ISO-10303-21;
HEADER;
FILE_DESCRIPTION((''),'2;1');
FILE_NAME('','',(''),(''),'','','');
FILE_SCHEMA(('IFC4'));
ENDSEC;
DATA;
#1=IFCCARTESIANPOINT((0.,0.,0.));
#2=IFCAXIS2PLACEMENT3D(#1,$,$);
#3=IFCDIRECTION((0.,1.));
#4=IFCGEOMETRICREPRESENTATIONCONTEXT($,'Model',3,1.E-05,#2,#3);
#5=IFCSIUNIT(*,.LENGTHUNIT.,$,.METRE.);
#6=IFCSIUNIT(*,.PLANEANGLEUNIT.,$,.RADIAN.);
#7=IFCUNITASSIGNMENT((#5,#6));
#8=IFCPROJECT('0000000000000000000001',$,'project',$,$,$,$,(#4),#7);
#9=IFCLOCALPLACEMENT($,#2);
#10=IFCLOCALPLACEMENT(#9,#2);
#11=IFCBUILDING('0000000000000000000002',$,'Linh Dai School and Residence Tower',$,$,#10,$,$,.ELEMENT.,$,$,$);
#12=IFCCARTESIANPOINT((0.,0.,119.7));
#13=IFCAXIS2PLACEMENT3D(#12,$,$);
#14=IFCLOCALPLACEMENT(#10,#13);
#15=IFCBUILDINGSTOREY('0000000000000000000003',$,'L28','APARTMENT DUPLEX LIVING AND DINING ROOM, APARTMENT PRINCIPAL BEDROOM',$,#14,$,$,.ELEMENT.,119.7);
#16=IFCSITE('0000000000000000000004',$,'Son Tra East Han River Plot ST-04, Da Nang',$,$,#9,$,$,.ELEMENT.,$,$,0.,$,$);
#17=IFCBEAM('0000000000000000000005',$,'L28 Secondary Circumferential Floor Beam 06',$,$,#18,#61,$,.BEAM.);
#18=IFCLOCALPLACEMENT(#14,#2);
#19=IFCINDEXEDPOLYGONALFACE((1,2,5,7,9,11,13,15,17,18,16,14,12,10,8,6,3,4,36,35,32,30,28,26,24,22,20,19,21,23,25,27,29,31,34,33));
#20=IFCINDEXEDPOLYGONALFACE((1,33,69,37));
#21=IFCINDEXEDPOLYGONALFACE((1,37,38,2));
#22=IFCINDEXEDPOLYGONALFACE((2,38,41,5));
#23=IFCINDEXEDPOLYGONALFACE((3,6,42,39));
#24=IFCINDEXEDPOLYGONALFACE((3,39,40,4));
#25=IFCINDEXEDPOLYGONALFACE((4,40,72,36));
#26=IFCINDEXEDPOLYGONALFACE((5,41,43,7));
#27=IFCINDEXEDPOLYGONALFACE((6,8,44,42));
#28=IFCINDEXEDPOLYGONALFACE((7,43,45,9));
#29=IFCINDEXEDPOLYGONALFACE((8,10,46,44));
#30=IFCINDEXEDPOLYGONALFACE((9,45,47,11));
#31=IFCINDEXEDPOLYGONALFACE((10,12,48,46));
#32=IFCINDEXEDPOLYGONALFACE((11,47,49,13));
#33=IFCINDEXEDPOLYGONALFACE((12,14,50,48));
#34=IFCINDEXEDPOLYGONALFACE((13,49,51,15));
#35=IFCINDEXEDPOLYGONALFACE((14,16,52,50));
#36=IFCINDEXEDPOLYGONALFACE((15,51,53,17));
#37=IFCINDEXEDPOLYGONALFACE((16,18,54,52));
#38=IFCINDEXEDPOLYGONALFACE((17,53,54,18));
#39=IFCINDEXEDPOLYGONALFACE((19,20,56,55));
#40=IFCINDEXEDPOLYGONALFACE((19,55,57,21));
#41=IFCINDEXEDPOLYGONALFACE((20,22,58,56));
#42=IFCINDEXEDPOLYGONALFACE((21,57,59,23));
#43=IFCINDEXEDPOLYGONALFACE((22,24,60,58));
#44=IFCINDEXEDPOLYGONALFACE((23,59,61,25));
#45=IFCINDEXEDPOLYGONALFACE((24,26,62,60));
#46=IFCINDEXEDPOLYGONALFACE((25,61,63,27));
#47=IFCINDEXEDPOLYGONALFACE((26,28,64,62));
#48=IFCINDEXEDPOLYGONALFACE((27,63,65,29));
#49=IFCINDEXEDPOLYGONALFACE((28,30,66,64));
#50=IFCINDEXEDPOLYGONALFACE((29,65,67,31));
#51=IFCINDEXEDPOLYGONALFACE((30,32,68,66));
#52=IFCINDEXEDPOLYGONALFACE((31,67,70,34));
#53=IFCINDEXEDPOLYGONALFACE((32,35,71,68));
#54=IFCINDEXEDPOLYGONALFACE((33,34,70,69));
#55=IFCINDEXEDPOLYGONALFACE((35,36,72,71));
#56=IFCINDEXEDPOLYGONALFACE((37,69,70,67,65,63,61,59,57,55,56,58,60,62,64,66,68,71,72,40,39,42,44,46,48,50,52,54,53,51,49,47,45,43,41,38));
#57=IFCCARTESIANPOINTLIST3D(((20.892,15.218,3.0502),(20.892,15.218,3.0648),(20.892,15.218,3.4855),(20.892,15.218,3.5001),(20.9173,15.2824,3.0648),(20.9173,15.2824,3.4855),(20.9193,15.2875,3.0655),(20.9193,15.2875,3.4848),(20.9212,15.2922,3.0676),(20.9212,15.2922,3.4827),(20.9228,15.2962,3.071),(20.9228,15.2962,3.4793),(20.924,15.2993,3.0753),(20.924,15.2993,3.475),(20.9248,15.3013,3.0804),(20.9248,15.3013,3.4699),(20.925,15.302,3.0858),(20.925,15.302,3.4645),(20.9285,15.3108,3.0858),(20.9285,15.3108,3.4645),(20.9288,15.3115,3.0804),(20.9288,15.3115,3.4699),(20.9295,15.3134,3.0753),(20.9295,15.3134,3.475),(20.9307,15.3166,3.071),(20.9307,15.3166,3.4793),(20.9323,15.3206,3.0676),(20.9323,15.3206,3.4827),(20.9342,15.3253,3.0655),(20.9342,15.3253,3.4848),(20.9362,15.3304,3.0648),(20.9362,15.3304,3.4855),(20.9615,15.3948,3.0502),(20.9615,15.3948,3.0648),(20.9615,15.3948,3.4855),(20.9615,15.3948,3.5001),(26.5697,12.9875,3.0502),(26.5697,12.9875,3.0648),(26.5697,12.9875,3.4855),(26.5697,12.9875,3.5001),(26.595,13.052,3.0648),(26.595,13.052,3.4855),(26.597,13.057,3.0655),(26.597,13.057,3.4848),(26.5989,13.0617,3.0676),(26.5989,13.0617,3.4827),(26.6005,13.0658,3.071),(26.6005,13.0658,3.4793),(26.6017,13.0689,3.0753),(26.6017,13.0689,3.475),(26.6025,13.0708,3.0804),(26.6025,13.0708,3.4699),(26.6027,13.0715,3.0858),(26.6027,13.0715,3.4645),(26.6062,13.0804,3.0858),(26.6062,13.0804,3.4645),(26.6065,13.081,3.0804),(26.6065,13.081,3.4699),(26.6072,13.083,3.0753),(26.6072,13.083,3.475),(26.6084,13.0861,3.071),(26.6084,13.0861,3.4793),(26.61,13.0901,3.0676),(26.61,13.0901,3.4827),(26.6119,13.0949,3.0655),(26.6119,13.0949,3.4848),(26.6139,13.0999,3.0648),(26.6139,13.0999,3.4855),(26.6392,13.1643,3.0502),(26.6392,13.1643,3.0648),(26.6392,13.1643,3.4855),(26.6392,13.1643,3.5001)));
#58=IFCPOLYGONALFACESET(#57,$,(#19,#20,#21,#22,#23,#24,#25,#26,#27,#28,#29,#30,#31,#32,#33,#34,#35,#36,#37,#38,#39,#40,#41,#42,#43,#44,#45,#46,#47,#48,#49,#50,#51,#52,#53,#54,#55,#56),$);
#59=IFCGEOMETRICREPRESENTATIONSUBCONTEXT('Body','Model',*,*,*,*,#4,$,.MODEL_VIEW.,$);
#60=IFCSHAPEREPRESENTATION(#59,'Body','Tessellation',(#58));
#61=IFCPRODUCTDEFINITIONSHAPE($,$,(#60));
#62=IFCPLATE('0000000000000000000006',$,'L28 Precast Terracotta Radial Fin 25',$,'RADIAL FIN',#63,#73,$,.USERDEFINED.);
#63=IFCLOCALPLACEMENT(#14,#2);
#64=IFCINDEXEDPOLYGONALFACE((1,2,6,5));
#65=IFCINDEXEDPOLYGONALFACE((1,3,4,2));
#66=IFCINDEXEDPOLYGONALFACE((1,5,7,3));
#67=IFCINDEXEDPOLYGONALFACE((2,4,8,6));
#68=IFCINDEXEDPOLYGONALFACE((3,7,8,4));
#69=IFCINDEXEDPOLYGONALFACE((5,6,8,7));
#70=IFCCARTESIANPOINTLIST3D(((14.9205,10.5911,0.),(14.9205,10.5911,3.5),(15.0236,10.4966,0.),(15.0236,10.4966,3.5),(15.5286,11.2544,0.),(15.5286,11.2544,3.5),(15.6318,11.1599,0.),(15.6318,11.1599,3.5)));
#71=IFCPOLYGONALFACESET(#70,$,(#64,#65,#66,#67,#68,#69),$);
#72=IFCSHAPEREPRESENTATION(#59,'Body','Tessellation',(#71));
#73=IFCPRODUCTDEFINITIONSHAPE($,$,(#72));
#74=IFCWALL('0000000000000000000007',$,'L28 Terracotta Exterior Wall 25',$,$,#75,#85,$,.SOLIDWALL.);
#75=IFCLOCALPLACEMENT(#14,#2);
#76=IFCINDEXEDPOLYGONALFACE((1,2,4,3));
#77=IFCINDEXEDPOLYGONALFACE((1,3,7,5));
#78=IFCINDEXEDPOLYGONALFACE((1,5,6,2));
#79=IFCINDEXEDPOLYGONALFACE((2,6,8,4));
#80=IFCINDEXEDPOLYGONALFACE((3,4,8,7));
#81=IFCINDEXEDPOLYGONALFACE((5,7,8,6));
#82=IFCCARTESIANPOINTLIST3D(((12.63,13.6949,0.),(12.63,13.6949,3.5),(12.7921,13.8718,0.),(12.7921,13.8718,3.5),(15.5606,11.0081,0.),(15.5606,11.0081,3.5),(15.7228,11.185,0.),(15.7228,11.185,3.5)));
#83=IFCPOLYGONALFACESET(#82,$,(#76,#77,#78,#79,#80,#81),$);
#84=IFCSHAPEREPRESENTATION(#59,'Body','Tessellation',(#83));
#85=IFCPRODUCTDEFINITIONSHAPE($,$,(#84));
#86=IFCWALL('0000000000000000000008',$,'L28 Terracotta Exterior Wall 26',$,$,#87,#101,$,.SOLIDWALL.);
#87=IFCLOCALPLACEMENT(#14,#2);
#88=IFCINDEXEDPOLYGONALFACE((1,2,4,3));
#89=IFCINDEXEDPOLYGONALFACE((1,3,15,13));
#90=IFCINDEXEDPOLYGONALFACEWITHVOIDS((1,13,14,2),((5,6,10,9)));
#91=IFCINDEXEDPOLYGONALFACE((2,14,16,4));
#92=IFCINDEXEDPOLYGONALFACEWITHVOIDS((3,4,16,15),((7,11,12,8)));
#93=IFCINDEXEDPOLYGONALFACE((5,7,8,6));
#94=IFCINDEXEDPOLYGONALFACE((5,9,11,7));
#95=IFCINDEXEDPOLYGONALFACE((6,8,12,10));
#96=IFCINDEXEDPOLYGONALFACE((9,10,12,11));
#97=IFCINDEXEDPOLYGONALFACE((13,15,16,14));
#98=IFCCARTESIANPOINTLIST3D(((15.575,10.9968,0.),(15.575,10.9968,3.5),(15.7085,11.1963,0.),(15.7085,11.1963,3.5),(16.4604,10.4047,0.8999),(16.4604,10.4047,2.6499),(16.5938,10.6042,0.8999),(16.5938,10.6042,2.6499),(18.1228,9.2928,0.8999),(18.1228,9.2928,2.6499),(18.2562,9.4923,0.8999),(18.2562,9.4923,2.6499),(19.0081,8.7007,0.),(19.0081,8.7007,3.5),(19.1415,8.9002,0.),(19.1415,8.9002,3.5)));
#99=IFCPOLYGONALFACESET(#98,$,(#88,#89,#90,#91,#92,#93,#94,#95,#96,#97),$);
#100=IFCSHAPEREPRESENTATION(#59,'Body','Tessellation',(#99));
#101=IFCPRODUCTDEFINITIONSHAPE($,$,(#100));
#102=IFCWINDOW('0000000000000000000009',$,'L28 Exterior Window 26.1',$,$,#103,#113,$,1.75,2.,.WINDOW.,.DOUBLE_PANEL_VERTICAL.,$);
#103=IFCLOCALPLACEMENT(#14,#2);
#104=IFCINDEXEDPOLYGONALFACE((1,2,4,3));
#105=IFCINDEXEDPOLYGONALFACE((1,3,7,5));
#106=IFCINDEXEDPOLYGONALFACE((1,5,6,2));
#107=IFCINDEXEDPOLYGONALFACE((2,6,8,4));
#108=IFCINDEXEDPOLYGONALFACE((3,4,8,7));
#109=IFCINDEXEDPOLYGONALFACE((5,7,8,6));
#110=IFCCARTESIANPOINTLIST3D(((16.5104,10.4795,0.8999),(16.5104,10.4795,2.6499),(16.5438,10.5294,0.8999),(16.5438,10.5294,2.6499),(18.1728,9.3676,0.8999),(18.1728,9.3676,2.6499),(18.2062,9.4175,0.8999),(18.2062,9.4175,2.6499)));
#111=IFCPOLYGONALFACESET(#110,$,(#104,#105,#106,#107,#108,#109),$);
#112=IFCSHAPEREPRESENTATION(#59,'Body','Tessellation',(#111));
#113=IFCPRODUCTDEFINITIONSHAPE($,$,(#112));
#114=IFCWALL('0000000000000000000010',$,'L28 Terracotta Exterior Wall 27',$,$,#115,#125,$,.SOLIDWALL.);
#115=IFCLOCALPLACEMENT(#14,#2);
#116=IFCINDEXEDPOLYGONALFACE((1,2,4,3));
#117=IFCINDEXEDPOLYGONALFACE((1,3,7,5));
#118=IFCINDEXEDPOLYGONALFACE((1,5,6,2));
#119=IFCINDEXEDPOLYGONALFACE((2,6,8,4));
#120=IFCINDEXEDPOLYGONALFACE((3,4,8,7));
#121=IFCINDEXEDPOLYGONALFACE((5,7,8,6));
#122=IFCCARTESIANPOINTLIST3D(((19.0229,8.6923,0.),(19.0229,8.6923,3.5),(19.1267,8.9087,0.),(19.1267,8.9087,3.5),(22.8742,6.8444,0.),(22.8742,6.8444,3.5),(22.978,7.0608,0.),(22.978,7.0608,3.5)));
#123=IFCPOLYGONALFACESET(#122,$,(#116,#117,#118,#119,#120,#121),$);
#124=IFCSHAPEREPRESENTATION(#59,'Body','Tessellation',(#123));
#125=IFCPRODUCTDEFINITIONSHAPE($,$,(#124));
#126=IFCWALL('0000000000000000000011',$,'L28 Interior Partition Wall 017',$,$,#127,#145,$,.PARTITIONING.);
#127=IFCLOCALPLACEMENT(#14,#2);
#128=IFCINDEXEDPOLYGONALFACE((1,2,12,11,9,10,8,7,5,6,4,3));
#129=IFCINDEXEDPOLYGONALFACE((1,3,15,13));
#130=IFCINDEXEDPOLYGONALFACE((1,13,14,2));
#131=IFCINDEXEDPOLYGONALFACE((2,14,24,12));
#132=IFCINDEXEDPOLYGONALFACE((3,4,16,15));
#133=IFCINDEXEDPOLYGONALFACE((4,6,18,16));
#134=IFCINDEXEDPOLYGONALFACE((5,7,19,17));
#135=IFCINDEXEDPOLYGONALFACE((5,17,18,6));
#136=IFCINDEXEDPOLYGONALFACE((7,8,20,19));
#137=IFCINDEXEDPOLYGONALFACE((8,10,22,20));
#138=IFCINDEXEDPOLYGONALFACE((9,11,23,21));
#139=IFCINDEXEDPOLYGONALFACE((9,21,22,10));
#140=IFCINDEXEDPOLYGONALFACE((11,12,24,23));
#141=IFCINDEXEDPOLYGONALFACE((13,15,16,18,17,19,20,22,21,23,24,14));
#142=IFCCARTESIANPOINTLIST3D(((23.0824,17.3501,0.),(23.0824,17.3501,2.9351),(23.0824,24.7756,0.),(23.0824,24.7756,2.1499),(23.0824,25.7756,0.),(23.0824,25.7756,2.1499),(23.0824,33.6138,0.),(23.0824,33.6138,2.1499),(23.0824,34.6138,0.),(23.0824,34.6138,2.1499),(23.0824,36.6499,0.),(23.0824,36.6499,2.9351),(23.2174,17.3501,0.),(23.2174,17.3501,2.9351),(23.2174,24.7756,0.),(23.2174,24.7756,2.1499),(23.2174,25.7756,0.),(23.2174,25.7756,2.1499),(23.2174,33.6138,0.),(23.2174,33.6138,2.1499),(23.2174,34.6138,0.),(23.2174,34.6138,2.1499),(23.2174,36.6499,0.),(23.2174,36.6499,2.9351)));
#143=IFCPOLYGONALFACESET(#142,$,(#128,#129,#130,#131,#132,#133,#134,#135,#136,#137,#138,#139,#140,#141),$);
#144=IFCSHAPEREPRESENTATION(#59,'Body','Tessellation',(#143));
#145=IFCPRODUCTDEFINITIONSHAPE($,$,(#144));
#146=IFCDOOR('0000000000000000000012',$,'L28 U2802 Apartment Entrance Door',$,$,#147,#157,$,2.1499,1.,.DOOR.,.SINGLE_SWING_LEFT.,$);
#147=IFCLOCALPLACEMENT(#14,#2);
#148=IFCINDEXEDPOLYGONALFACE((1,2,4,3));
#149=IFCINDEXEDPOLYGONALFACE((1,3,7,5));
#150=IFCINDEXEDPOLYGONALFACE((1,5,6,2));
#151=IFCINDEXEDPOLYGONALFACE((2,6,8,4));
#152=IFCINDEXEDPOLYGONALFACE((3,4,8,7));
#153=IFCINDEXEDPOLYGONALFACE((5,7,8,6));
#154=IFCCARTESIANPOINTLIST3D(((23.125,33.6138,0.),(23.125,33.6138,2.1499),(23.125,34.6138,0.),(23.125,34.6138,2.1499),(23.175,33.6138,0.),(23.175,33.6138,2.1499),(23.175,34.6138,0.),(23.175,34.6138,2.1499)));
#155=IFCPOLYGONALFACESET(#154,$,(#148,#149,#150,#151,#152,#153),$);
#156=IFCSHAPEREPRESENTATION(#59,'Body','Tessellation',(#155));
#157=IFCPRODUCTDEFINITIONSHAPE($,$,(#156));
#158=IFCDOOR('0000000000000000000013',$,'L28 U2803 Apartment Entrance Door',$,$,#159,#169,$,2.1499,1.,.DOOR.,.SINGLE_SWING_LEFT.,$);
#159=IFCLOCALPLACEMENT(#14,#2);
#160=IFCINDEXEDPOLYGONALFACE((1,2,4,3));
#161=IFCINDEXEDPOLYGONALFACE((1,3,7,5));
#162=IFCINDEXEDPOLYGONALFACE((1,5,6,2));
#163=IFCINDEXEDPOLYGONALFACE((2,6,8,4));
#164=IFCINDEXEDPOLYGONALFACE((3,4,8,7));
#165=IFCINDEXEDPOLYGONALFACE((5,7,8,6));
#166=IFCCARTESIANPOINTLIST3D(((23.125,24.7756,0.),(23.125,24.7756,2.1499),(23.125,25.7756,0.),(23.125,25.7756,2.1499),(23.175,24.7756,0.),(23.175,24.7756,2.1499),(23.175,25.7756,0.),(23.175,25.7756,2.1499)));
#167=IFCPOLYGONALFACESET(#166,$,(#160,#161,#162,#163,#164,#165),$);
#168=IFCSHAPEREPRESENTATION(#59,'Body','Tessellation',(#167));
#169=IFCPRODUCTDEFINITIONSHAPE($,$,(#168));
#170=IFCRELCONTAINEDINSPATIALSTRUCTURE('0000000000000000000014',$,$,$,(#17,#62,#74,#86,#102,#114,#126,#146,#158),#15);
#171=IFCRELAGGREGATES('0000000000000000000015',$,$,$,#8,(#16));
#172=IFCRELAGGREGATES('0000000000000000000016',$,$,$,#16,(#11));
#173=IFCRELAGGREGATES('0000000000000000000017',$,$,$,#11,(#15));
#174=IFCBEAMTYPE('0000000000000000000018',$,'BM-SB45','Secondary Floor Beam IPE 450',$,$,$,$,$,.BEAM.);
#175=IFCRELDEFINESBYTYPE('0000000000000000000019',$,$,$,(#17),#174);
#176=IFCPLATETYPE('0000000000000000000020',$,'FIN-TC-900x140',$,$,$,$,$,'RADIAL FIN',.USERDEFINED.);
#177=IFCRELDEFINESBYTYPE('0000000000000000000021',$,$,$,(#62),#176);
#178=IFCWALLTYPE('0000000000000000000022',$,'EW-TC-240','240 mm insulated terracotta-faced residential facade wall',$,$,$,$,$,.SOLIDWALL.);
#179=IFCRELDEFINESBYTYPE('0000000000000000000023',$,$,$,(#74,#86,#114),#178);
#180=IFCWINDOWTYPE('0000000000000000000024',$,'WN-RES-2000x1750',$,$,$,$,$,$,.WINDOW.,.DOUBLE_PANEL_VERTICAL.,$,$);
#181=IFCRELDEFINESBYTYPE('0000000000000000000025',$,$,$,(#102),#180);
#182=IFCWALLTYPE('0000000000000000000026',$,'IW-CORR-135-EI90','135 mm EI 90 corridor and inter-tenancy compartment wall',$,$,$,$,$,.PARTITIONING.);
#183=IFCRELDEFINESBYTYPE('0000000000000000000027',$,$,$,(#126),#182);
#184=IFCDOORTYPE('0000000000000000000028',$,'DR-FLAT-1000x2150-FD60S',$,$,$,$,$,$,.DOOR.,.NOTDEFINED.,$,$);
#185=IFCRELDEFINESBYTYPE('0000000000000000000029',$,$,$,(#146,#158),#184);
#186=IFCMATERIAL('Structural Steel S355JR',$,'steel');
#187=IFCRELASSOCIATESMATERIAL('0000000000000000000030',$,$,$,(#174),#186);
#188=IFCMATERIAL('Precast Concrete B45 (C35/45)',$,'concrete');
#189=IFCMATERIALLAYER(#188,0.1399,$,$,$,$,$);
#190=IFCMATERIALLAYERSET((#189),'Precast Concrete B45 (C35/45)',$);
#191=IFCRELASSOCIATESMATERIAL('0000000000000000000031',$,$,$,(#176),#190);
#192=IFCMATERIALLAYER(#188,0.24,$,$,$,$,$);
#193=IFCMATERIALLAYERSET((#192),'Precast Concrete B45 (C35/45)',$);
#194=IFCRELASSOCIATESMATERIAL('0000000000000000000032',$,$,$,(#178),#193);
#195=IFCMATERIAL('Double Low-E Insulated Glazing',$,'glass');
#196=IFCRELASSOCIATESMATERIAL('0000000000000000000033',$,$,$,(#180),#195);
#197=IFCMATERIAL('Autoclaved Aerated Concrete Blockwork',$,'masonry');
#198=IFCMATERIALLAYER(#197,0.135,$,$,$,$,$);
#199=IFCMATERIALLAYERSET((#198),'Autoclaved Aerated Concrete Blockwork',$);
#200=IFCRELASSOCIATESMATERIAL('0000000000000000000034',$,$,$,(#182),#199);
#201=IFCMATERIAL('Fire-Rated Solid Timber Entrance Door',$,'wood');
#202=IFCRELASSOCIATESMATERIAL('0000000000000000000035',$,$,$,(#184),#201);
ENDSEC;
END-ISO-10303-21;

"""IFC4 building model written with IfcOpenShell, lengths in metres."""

from ifc_helpers import new_model, si_unit, direction, frame, frame_2d, origin, origin_2d, place, context, subcontext, project, spatial, rectangle, i_section, extrude, source, transform, mapped, material, layer, layer_set, material_profile, profile_set, type_object, element, fill, save


model = new_model("IFC4")

# Units and contexts
model_context = context("Model", 3, precision=1e-05, world=origin(), true_north=direction((0.0, 1.0)))
body_context = subcontext(model_context, "Body", "Model", "MODEL_VIEW")
ifc_project = project(units=[si_unit("LENGTHUNIT", "METRE"), si_unit("PLANEANGLEUNIT", "RADIAN")], contexts=[model_context])

# Site, building, storey
site_placement = place(None, origin())
site = spatial("IfcSite", under=ifc_project, at=site_placement, Name="Son Tra East Han River Plot ST-04, Da Nang", CompositionType="ELEMENT", RefElevation=0.0)
building_placement = place(site_placement, origin())
building = spatial("IfcBuilding", under=site, at=building_placement, Name="Linh Dai School and Residence Tower", CompositionType="ELEMENT")
storey_placement = place(building_placement, frame((0.0, 0.0, 119.7)))
storey = spatial("IfcBuildingStorey", under=building, at=storey_placement, Name="L28", Description="APARTMENT DUPLEX LIVING AND DINING ROOM, APARTMENT PRINCIPAL BEDROOM", CompositionType="ELEMENT", Elevation=119.7)

# Shared definitions
ifc_material_1 = material(Name="Structural Steel S355JR", Category="steel")

# Beam
ifc_material_profile_1 = material_profile(ifc_material_1, i_section(OverallWidth=0.1899, OverallDepth=0.45, WebThickness=0.0095, FlangeThickness=0.0146, FilletRadius=0.021, at=origin_2d()), Name="IPE 450")
ifc_profile_set_1 = profile_set([ifc_material_profile_1], Name="Structural Steel S355JR")
beam_type_1 = type_object("IfcBeamType", Name="BM-SB45", Description="Secondary Floor Beam IPE 450", PredefinedType="BEAM", material=ifc_profile_set_1)
beam_1_placement = place(storey_placement, frame((20.9268, 15.3064, 3.2751), z_axis=(0.930755, -0.365642, 0.0), x_axis=(0.365642, 0.930755, 0.0)))
element("IfcBeam", 1, at=beam_1_placement, inside=storey, type_object=beam_type_1, Name="L28 Secondary Circumferential Floor Beam 06", PredefinedType="BEAM", context=body_context, shape_type="SweptSolid", body=[
    extrude(i_section(OverallWidth=0.1899, OverallDepth=0.45, WebThickness=0.0095, FlangeThickness=0.0146, FilletRadius=0.021, at=origin_2d()), origin(), (0.0, 0.0, 1.0), 6.1001),
])

# Plate
ifc_material_2 = material(Name="Precast Concrete B45 (C35/45)", Category="concrete")
ifc_layer_1 = layer(ifc_material_2, 0.1399)
ifc_layer_set_1 = layer_set([ifc_layer_1], Name="Precast Concrete B45 (C35/45)")
plate_type = type_object("IfcPlateType", Name="FIN-TC-900x140", ElementType="RADIAL FIN", PredefinedType="USERDEFINED", material=ifc_layer_set_1)
shared_shape_1 = source(origin(), body_context, "Body", "SweptSolid", [
    extrude(rectangle(XDim=0.8999, YDim=0.1399, at=origin_2d()), origin(), (0.0, 0.0, 1.0), 3.5),
])
plate_placement = place(storey_placement, frame((15.2761, 10.8755, 0.0), z_axis=(0.0, 0.0, 1.0), x_axis=(-0.675783, -0.7371, 0.0)))
element("IfcPlate", 2, at=plate_placement, inside=storey, type_object=plate_type, Name="L28 Precast Terracotta Radial Fin 25", ObjectType="RADIAL FIN", PredefinedType="USERDEFINED", context=body_context, shape_type="MappedRepresentation", body=[
    mapped(shared_shape_1, transform((0.0, 0.0, 0.0), x_axis=(1.0, 0.0, 0.0), y_axis=(0.0, 1.0, 0.0), z_axis=(0.0, 0.0, 1.0), scale=1.0)),
])

# Wall
ifc_layer_2 = layer(ifc_material_2, 0.24)
ifc_layer_set_2 = layer_set([ifc_layer_2], Name="Precast Concrete B45 (C35/45)")
wall_type_1 = type_object("IfcWallType", Name="EW-TC-240", Description="240 mm insulated terracotta-faced residential facade wall", PredefinedType="SOLIDWALL", material=ifc_layer_set_2)
wall_1_placement = place(storey_placement, frame((15.6416, 11.0967, 0.0), z_axis=(0.0, 0.0, 1.0), x_axis=(-0.737113, 0.675769, 0.0)))
element("IfcWall", 3, at=wall_1_placement, inside=storey, type_object=wall_type_1, Name="L28 Terracotta Exterior Wall 25", PredefinedType="SOLIDWALL", context=body_context, shape_type="SweptSolid", body=[
    extrude(rectangle(XDim=3.9758, YDim=0.24, at=frame_2d((1.9878, 0.0))), origin(), (0.0, 0.0, 1.0), 3.5),
])

# Wall, opening, window
wall_2_placement = place(storey_placement, frame((19.0747, 8.8005, 0.0), z_axis=(0.0, 0.0, 1.0), x_axis=(-0.831222, 0.555941, 0.0)))
wall_2 = element("IfcWall", 4, at=wall_2_placement, inside=storey, type_object=wall_type_1, Name="L28 Terracotta Exterior Wall 26", PredefinedType="SOLIDWALL", context=body_context, shape_type="SweptSolid", body=[
    extrude(rectangle(XDim=4.1301, YDim=0.24, at=frame_2d((2.0649, 0.0))), origin(), (0.0, 0.0, 1.0), 3.5),
])
opening_1_placement = place(wall_2_placement, frame((1.0649, 0.0, 0.8999)))
opening_1 = element("IfcOpeningElement", 5, at=opening_1_placement, cuts=wall_2, PredefinedType="OPENING", context=body_context, shape_type="SweptSolid", body=[
    extrude(rectangle(XDim=2.0, YDim=1.75, at=origin_2d()), frame((1.0, 0.1299, 0.875), z_axis=(0.0, -1.0, 0.0), x_axis=(1.0, 0.0, 0.0)), (0.0, 0.0, 1.0), 0.26),
])
ifc_material_3 = material(Name="Double Low-E Insulated Glazing", Category="glass")
window_type = type_object("IfcWindowType", Name="WN-RES-2000x1750", PartitioningType="DOUBLE_PANEL_VERTICAL", PredefinedType="WINDOW", material=ifc_material_3)
shared_shape_2 = source(origin(), body_context, "Body", "SweptSolid", [
    extrude(rectangle(XDim=2.0, YDim=1.75, at=origin_2d()), frame((1.0, 0.03, 0.875), z_axis=(0.0, -1.0, 0.0), x_axis=(1.0, 0.0, 0.0)), (0.0, 0.0, 1.0), 0.0601),
])
window_placement = place(opening_1_placement, origin())
window = element("IfcWindow", 6, at=window_placement, inside=storey, type_object=window_type, Name="L28 Exterior Window 26.1", OverallHeight=1.75, OverallWidth=2.0, PartitioningType="DOUBLE_PANEL_VERTICAL", PredefinedType="WINDOW", context=body_context, shape_type="MappedRepresentation", body=[
    mapped(shared_shape_2, transform((0.0, 0.0, 0.0), x_axis=(1.0, 0.0, 0.0), y_axis=(0.0, 1.0, 0.0), z_axis=(0.0, 0.0, 1.0), scale=1.0)),
])
fill(opening_1, window)

# Wall
wall_3_placement = place(storey_placement, frame((22.926, 6.9526, 0.0), z_axis=(0.0, 0.0, 1.0), x_axis=(-0.90159, 0.432592, 0.0)))
element("IfcWall", 7, at=wall_3_placement, inside=storey, type_object=wall_type_1, Name="L28 Terracotta Exterior Wall 27", PredefinedType="SOLIDWALL", context=body_context, shape_type="SweptSolid", body=[
    extrude(rectangle(XDim=4.2717, YDim=0.24, at=frame_2d((2.1357, 0.0))), origin(), (0.0, 0.0, 1.0), 3.5),
])

# Wall, openings, doors
ifc_material_4 = material(Name="Autoclaved Aerated Concrete Blockwork", Category="masonry")
ifc_layer_3 = layer(ifc_material_4, 0.135)
ifc_layer_set_3 = layer_set([ifc_layer_3], Name="Autoclaved Aerated Concrete Blockwork")
wall_type_2 = type_object("IfcWallType", Name="IW-CORR-135-EI90", Description="135 mm EI 90 corridor and inter-tenancy compartment wall", PredefinedType="PARTITIONING", material=ifc_layer_set_3)
wall_4_placement = place(storey_placement, frame((23.1499, 17.3501, 0.0), z_axis=(0.0, 0.0, 1.0), x_axis=(0.0, 1.0, 0.0)))
wall_4 = element("IfcWall", 8, at=wall_4_placement, inside=storey, type_object=wall_type_2, Name="L28 Interior Partition Wall 017", PredefinedType="PARTITIONING", context=body_context, shape_type="SweptSolid", body=[
    extrude(rectangle(XDim=19.2998, YDim=0.135, at=frame_2d((9.6499, 0.0))), origin(), (0.0, 0.0, 1.0), 2.9351),
])
opening_2_placement = place(wall_4_placement, frame((16.2637, 0.0, 0.0)))
opening_2 = element("IfcOpeningElement", 9, at=opening_2_placement, cuts=wall_4, PredefinedType="OPENING", context=body_context, shape_type="SweptSolid", body=[
    extrude(rectangle(XDim=1.0, YDim=2.1499, at=origin_2d()), frame((0.5, 0.0776, 1.075), z_axis=(0.0, -1.0, 0.0), x_axis=(1.0, 0.0, 0.0)), (0.0, 0.0, 1.0), 0.155),
])
opening_3_placement = place(wall_4_placement, frame((7.4255, 0.0, 0.0)))
opening_3 = element("IfcOpeningElement", 10, at=opening_3_placement, cuts=wall_4, PredefinedType="OPENING", context=body_context, shape_type="SweptSolid", body=[
    extrude(rectangle(XDim=1.0, YDim=2.1499, at=origin_2d()), frame((0.5, 0.0776, 1.075), z_axis=(0.0, -1.0, 0.0), x_axis=(1.0, 0.0, 0.0)), (0.0, 0.0, 1.0), 0.155),
])
ifc_material_5 = material(Name="Fire-Rated Solid Timber Entrance Door", Category="wood")
door_type_1 = type_object("IfcDoorType", Name="DR-FLAT-1000x2150-FD60S", OperationType="NOTDEFINED", PredefinedType="DOOR", material=ifc_material_5)
shared_shape_3 = source(origin(), body_context, "Body", "SweptSolid", [
    extrude(rectangle(XDim=1.0, YDim=2.1499, at=origin_2d()), frame((0.5, 0.0249, 1.075), z_axis=(0.0, -1.0, 0.0), x_axis=(1.0, 0.0, 0.0)), (0.0, 0.0, 1.0), 0.05),
])
door_1_placement = place(opening_2_placement, origin())
door_1 = element("IfcDoor", 11, at=door_1_placement, inside=storey, type_object=door_type_1, Name="L28 U2802 Apartment Entrance Door", OperationType="SINGLE_SWING_LEFT", OverallHeight=2.1499, OverallWidth=1.0, PredefinedType="DOOR", context=body_context, shape_type="MappedRepresentation", body=[
    mapped(shared_shape_3, transform((0.0, 0.0, 0.0), x_axis=(1.0, 0.0, 0.0), y_axis=(0.0, 1.0, 0.0), z_axis=(0.0, 0.0, 1.0), scale=1.0)),
])
fill(opening_2, door_1)
door_2_placement = place(opening_3_placement, origin())
door_2 = element("IfcDoor", 12, at=door_2_placement, inside=storey, type_object=door_type_1, Name="L28 U2803 Apartment Entrance Door", OperationType="SINGLE_SWING_LEFT", OverallHeight=2.1499, OverallWidth=1.0, PredefinedType="DOOR", context=body_context, shape_type="MappedRepresentation", body=[
    mapped(shared_shape_3, transform((0.0, 0.0, 0.0), x_axis=(1.0, 0.0, 0.0), y_axis=(0.0, 1.0, 0.0), z_axis=(0.0, 0.0, 1.0), scale=1.0)),
])
fill(opening_3, door_2)

save(model, "model.ifc")
